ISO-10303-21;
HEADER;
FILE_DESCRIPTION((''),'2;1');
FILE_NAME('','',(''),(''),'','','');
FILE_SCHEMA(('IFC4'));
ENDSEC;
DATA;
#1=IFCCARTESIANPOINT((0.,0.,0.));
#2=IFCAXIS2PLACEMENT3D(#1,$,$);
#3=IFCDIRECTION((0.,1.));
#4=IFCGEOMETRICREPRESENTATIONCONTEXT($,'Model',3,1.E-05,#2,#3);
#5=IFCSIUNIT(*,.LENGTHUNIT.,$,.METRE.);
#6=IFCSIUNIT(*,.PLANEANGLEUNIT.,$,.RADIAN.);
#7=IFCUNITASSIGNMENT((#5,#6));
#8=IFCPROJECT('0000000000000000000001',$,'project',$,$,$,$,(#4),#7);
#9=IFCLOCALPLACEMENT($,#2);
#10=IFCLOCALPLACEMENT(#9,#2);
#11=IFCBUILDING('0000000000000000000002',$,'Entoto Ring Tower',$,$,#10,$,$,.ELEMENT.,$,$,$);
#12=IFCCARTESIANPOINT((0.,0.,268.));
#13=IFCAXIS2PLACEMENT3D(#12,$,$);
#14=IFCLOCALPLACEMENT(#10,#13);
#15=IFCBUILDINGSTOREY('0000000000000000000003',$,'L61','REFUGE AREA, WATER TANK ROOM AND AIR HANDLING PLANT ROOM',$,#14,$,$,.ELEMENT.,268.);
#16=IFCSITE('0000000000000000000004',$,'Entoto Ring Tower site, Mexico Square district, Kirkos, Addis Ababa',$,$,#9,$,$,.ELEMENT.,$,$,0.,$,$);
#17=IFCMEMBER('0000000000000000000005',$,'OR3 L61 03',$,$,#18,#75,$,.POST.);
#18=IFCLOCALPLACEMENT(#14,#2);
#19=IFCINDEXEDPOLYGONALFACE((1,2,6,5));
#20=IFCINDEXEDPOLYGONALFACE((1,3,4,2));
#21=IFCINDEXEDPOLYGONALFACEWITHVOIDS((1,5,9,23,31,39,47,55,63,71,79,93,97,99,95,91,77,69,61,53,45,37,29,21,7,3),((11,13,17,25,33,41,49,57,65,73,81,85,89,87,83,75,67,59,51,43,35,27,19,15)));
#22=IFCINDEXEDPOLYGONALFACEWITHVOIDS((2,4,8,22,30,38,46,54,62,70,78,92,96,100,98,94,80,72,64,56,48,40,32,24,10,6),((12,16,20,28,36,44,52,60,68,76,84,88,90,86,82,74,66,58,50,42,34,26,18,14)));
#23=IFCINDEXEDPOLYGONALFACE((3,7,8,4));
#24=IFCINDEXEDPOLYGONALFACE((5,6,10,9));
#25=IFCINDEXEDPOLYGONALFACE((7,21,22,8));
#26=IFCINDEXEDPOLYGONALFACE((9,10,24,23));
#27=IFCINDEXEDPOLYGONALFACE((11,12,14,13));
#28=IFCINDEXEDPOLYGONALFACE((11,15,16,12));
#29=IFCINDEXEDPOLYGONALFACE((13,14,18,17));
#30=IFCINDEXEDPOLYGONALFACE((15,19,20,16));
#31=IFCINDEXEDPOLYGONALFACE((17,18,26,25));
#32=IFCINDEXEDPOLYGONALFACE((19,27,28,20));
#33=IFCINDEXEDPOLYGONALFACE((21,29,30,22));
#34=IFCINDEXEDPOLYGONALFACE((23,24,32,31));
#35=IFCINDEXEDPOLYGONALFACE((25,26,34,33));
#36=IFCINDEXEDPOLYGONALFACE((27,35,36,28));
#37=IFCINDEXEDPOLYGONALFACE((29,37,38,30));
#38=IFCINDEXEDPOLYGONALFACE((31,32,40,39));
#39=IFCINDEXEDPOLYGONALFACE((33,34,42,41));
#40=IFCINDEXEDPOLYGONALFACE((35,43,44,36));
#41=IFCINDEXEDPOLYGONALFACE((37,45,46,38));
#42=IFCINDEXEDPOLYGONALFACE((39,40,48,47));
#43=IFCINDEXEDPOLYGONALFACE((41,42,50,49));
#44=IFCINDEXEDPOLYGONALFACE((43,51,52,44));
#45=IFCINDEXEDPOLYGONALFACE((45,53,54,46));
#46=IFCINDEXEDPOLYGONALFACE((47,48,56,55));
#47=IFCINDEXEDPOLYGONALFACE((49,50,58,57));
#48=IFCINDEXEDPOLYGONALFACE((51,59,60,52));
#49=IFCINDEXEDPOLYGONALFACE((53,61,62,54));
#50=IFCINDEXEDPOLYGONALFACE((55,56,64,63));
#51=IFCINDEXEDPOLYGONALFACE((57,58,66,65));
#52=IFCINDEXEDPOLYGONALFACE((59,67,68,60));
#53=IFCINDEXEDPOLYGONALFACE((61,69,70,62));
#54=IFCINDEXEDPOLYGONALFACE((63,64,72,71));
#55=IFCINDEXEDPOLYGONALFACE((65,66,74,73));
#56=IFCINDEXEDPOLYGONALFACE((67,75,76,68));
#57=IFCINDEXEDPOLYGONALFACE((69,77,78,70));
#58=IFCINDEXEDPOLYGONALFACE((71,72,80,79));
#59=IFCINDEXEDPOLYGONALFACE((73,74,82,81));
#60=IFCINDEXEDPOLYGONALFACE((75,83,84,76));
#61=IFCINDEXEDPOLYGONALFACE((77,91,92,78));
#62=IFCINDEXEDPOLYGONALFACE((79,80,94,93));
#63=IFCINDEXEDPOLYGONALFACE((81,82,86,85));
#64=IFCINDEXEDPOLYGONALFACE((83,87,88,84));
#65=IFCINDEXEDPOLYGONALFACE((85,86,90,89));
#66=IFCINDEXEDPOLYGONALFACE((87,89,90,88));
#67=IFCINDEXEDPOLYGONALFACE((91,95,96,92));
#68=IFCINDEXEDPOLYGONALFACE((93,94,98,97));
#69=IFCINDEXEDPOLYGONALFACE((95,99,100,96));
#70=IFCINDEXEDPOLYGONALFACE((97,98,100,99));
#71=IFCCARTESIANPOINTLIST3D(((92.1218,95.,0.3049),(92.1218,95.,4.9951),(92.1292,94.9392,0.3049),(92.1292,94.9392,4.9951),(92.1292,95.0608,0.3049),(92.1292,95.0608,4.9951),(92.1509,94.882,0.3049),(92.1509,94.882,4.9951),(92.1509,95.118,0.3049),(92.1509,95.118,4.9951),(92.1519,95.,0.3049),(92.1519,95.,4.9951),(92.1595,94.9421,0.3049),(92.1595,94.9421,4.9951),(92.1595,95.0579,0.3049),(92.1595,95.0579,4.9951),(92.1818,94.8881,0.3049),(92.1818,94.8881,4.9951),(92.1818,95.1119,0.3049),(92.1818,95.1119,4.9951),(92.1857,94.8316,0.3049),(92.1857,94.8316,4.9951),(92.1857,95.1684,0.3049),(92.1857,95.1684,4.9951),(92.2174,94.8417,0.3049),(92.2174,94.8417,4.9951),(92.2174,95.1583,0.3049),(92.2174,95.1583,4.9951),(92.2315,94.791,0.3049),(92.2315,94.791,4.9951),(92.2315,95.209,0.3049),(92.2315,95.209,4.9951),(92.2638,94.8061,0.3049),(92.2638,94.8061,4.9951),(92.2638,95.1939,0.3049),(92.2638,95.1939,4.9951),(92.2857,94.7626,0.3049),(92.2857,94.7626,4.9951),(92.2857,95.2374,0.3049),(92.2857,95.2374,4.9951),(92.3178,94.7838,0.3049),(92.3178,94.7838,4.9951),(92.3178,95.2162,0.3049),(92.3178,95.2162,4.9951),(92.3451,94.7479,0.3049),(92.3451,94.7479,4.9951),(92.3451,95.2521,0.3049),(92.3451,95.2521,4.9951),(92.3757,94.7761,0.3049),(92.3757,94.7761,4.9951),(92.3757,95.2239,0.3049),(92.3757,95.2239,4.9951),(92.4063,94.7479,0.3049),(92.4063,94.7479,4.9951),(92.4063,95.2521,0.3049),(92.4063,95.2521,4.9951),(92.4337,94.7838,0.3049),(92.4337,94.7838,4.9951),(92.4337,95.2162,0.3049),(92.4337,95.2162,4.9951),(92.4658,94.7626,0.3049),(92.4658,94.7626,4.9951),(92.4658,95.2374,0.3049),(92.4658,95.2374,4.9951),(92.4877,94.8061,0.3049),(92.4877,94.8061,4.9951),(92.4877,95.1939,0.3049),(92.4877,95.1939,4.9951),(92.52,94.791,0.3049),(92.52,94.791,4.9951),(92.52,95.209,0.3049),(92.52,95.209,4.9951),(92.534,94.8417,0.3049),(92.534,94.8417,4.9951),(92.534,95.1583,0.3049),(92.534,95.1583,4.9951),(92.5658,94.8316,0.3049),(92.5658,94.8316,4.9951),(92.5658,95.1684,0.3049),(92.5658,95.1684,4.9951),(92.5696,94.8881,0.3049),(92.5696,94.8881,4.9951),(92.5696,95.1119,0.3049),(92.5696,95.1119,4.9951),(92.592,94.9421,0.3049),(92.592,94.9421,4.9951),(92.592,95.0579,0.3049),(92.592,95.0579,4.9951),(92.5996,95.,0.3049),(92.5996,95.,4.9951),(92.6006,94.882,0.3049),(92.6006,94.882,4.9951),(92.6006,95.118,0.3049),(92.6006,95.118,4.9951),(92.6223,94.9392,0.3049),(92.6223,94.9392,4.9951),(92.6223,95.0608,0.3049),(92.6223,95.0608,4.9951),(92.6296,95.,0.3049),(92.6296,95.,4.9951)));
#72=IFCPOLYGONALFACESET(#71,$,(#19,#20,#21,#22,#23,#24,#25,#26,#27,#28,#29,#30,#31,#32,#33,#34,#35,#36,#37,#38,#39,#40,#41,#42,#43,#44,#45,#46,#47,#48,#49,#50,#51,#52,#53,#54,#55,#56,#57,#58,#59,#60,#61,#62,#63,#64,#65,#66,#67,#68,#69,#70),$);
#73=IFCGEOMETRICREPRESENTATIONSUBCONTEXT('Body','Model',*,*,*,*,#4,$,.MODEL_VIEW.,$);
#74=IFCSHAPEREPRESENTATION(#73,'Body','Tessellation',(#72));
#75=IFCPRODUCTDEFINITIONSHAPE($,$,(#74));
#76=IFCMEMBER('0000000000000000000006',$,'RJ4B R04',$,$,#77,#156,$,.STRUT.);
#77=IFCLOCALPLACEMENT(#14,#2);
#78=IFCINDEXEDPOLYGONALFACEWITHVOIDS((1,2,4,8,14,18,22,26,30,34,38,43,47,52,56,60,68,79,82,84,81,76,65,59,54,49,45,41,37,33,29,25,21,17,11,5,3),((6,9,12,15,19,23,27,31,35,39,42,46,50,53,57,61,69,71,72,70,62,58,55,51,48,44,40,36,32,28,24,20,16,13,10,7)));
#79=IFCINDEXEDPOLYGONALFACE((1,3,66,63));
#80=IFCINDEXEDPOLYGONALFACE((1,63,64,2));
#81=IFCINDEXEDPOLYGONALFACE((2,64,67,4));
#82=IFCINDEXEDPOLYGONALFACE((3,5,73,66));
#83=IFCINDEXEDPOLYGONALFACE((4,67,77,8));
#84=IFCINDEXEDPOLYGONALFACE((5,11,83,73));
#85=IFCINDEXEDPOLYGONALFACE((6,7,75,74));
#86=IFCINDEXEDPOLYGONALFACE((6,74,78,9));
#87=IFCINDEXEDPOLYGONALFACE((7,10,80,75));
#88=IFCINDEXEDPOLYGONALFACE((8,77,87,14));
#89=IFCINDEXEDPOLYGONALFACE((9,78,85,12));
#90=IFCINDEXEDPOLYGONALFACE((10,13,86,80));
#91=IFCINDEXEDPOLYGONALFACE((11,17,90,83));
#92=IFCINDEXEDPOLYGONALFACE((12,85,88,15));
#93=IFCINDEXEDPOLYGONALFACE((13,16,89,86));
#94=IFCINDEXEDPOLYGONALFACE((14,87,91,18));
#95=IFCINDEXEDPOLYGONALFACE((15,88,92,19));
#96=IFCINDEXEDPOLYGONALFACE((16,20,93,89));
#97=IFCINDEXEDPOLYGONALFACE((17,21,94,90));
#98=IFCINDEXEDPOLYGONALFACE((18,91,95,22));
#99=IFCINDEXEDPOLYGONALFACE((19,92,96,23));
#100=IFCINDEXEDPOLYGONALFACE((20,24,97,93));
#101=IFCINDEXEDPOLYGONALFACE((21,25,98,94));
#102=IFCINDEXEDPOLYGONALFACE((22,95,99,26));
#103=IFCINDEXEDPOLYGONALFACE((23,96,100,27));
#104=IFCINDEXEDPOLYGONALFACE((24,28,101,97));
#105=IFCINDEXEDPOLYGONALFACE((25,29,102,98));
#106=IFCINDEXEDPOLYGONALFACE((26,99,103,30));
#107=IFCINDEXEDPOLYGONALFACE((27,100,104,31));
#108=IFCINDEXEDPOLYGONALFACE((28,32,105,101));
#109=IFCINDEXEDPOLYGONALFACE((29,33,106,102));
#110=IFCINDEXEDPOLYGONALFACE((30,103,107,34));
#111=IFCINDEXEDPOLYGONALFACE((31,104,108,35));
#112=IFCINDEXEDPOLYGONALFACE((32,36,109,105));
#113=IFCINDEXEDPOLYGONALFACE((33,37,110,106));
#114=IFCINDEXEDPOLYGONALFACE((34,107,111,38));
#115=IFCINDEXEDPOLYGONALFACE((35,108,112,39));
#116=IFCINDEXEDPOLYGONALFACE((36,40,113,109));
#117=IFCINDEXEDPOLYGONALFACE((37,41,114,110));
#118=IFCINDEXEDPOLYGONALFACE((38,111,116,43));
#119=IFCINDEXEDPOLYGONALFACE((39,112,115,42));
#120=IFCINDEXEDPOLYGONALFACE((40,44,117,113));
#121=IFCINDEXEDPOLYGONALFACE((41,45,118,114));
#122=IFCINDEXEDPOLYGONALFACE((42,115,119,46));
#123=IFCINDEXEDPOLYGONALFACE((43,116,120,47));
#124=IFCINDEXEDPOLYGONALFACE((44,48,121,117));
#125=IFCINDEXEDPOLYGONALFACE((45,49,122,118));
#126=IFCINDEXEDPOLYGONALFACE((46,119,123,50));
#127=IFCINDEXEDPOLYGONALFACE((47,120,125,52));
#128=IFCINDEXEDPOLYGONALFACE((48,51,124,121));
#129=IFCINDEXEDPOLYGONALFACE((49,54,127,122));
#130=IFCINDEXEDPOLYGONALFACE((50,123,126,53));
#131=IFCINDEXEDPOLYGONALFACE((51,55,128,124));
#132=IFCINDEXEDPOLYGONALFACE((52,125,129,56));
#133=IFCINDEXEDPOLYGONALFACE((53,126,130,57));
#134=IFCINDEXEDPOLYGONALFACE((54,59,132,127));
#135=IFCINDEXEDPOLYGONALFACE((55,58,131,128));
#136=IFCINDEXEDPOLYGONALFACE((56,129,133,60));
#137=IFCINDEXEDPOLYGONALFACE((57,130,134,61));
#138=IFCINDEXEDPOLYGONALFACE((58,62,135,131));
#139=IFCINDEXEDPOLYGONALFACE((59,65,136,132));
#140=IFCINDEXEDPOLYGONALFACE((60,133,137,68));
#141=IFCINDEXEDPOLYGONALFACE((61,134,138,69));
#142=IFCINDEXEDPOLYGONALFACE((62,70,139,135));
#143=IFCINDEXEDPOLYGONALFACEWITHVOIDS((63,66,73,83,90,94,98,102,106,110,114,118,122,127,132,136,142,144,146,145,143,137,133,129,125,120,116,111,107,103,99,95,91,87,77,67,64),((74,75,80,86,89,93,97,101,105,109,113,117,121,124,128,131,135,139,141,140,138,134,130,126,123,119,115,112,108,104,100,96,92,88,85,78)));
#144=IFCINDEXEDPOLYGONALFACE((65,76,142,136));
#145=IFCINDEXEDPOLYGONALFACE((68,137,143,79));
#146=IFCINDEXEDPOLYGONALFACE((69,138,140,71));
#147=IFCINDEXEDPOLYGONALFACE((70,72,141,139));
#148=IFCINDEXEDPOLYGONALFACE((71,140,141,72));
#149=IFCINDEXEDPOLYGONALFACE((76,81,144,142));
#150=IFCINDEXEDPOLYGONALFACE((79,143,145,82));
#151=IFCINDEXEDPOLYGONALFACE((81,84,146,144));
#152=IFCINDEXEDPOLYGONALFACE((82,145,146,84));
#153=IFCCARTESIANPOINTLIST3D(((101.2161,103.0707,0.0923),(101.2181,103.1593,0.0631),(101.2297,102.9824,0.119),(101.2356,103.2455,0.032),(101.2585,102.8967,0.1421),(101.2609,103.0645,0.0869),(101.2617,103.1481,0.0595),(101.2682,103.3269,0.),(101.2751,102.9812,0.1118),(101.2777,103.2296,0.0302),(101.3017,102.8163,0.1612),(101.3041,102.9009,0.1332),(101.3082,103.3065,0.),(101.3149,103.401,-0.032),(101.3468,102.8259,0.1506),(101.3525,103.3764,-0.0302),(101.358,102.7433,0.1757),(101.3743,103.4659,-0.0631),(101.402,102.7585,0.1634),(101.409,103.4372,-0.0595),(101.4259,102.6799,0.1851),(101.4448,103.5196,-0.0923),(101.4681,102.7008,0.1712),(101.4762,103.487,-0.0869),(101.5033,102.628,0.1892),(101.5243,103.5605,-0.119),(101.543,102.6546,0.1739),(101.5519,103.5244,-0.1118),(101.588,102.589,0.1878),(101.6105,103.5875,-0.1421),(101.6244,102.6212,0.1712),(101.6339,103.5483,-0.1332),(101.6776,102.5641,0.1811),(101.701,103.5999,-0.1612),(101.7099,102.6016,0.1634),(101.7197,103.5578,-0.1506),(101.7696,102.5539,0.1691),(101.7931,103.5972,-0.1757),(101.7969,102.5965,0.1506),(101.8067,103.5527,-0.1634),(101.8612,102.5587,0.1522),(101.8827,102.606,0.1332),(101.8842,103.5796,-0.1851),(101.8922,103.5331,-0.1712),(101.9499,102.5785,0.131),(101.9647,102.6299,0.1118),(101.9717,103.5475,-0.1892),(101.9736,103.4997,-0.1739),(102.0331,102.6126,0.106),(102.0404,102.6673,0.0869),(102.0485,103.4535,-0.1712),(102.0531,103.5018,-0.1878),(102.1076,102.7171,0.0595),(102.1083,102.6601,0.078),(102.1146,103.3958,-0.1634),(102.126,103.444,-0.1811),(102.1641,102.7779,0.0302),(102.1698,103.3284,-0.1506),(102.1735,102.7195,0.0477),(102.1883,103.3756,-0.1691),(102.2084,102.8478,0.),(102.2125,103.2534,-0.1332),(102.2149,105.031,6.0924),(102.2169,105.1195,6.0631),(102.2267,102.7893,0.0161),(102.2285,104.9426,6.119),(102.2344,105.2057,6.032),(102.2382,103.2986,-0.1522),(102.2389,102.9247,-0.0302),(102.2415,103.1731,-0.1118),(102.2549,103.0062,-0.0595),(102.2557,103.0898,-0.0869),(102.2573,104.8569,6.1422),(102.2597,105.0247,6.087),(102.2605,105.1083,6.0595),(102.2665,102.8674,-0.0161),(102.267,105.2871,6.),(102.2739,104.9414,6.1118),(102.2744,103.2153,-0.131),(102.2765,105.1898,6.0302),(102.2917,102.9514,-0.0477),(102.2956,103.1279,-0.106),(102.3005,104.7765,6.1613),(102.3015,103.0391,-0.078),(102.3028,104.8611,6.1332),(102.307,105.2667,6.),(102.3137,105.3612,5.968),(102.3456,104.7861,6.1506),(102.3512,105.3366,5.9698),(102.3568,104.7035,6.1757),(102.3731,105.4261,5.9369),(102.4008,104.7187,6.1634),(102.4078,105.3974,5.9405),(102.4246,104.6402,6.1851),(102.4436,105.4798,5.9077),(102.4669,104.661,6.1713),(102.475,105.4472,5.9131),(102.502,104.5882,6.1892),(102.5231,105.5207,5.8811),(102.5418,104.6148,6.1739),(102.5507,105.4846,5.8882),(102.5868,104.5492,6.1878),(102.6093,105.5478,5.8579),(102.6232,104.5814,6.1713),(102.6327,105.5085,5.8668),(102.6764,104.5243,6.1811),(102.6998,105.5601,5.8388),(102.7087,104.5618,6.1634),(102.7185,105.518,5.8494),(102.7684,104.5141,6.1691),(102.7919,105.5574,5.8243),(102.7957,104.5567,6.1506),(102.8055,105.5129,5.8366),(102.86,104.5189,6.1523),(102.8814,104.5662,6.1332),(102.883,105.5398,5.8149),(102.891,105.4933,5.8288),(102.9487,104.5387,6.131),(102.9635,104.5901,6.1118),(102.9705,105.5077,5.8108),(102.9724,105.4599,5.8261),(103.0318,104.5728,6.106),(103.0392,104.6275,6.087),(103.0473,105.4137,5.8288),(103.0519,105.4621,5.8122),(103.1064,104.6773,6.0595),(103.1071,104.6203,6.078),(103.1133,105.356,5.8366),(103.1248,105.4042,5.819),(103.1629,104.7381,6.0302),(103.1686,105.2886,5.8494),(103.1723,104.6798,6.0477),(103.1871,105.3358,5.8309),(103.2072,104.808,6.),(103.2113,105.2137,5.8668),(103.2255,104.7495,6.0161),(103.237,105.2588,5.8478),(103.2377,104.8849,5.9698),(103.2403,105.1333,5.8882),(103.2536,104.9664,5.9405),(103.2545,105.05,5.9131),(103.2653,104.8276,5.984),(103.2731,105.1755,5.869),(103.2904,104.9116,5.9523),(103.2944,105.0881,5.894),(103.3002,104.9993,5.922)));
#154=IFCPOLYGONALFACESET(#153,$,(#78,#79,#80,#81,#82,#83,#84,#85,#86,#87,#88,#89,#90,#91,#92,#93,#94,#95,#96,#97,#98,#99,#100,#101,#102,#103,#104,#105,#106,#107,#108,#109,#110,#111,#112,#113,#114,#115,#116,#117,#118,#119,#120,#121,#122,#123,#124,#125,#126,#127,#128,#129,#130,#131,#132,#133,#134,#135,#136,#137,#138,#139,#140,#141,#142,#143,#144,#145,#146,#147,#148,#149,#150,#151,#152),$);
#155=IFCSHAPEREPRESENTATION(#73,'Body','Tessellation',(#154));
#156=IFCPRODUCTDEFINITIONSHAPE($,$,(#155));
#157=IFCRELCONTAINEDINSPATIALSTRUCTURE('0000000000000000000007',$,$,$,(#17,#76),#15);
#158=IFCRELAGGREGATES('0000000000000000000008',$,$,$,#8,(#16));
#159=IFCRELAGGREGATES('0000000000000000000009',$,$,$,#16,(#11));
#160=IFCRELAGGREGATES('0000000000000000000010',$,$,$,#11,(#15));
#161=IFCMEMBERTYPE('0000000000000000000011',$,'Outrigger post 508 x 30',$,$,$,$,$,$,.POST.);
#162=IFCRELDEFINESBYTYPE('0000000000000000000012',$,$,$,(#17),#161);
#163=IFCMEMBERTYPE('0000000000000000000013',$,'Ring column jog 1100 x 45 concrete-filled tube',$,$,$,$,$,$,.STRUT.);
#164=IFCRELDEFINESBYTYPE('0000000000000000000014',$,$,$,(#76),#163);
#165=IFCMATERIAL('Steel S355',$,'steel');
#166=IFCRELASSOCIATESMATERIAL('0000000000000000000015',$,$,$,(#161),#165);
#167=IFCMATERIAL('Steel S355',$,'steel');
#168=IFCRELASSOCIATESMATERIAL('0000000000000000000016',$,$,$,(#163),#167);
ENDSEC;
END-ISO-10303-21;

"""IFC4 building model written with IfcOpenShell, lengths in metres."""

from ifc_helpers import new_model, si_unit, direction, frame, origin, origin_2d, place, context, subcontext, project, spatial, circle, hollow_circle, extrude, material, material_profile, profile_set, type_object, element, save


model = new_model("IFC4")

# Units and contexts
model_context = context("Model", 3, precision=1e-05, world=origin(), true_north=direction((0.0, 1.0)))
body_context = subcontext(model_context, "Body", "Model", "MODEL_VIEW")
ifc_project = project(units=[si_unit("LENGTHUNIT", "METRE"), si_unit("PLANEANGLEUNIT", "RADIAN")], contexts=[model_context])

# Site, building, storey
site_placement = place(None, origin())
site = spatial("IfcSite", under=ifc_project, at=site_placement, Name="Entoto Ring Tower site, Mexico Square district, Kirkos, Addis Ababa", CompositionType="ELEMENT", RefElevation=0.0)
building_placement = place(site_placement, origin())
building = spatial("IfcBuilding", under=site, at=building_placement, Name="Entoto Ring Tower", CompositionType="ELEMENT")
storey_placement = place(building_placement, frame((0.0, 0.0, 268.0)))
storey = spatial("IfcBuildingStorey", under=building, at=storey_placement, Name="L61", Description="REFUGE AREA, WATER TANK ROOM AND AIR HANDLING PLANT ROOM", CompositionType="ELEMENT", Elevation=268.0)

# Members
ifc_material_1 = material(Name="Steel S355", Category="steel")
ifc_material_profile_1 = material_profile(ifc_material_1, hollow_circle(Radius=0.2539, WallThickness=0.03, at=origin_2d()), Name="CHS 508 x 30")
ifc_material_2 = material(Name="Concrete C60/75", Category="concrete")
ifc_material_profile_2 = material_profile(ifc_material_2, circle(Radius=0.2241, at=origin_2d()), Name="Concrete C60/75 infill")
ifc_profile_set_1 = profile_set([ifc_material_profile_1, ifc_material_profile_2], Name="Steel S355")
member_type_1 = type_object("IfcMemberType", Name="Outrigger post 508 x 30", PredefinedType="POST", material=ifc_profile_set_1)
member_1_placement = place(storey_placement, frame((92.3757, 95.0, 0.3049), z_axis=(0.0, 0.0, 1.0), x_axis=(1.0, 0.0, 0.0)))
element("IfcMember", 1, at=member_1_placement, inside=storey, type_object=member_type_1, Name="OR3 L61 03", PredefinedType="POST", context=body_context, shape_type="SweptSolid", body=[
    extrude(hollow_circle(Radius=0.2539, WallThickness=0.03, at=origin_2d()), origin(), (0.0, 0.0, 1.0), 4.6902),
])
ifc_material_3 = material(Name="Steel S355", Category="steel")
ifc_material_profile_3 = material_profile(ifc_material_3, hollow_circle(Radius=0.55, WallThickness=0.0449, at=origin_2d()), Name="CHS 1100 x 45")
ifc_material_4 = material(Name="Concrete C60/75", Category="concrete")
ifc_material_profile_4 = material_profile(ifc_material_4, circle(Radius=0.5049, at=origin_2d()), Name="Concrete C60/75 infill")
ifc_profile_set_2 = profile_set([ifc_material_profile_3, ifc_material_profile_4], Name="Steel S355")
member_type_2 = type_object("IfcMemberType", Name="Ring column jog 1100 x 45 concrete-filled tube", PredefinedType="STRUT", material=ifc_profile_set_2)
for number, where, z_axis, x_axis, name in (
    (2, (101.7583, 103.0771, 0.0), (0.156288, 0.306732, 0.938877), (-0.891006, 0.453992, 0.0), "RJ4B R04"),
):
    element("IfcMember", number, at=place(storey_placement, frame(where, z_axis=z_axis, x_axis=x_axis)), inside=storey, type_object=member_type_2, Name=name, PredefinedType="STRUT", context=body_context, shape_type="SweptSolid", body=[
        extrude(hollow_circle(Radius=0.55, WallThickness=0.0449, at=origin_2d()), origin(), (0.0, 0.0, 1.0), 6.3906),
    ])

save(model, "model.ifc")
